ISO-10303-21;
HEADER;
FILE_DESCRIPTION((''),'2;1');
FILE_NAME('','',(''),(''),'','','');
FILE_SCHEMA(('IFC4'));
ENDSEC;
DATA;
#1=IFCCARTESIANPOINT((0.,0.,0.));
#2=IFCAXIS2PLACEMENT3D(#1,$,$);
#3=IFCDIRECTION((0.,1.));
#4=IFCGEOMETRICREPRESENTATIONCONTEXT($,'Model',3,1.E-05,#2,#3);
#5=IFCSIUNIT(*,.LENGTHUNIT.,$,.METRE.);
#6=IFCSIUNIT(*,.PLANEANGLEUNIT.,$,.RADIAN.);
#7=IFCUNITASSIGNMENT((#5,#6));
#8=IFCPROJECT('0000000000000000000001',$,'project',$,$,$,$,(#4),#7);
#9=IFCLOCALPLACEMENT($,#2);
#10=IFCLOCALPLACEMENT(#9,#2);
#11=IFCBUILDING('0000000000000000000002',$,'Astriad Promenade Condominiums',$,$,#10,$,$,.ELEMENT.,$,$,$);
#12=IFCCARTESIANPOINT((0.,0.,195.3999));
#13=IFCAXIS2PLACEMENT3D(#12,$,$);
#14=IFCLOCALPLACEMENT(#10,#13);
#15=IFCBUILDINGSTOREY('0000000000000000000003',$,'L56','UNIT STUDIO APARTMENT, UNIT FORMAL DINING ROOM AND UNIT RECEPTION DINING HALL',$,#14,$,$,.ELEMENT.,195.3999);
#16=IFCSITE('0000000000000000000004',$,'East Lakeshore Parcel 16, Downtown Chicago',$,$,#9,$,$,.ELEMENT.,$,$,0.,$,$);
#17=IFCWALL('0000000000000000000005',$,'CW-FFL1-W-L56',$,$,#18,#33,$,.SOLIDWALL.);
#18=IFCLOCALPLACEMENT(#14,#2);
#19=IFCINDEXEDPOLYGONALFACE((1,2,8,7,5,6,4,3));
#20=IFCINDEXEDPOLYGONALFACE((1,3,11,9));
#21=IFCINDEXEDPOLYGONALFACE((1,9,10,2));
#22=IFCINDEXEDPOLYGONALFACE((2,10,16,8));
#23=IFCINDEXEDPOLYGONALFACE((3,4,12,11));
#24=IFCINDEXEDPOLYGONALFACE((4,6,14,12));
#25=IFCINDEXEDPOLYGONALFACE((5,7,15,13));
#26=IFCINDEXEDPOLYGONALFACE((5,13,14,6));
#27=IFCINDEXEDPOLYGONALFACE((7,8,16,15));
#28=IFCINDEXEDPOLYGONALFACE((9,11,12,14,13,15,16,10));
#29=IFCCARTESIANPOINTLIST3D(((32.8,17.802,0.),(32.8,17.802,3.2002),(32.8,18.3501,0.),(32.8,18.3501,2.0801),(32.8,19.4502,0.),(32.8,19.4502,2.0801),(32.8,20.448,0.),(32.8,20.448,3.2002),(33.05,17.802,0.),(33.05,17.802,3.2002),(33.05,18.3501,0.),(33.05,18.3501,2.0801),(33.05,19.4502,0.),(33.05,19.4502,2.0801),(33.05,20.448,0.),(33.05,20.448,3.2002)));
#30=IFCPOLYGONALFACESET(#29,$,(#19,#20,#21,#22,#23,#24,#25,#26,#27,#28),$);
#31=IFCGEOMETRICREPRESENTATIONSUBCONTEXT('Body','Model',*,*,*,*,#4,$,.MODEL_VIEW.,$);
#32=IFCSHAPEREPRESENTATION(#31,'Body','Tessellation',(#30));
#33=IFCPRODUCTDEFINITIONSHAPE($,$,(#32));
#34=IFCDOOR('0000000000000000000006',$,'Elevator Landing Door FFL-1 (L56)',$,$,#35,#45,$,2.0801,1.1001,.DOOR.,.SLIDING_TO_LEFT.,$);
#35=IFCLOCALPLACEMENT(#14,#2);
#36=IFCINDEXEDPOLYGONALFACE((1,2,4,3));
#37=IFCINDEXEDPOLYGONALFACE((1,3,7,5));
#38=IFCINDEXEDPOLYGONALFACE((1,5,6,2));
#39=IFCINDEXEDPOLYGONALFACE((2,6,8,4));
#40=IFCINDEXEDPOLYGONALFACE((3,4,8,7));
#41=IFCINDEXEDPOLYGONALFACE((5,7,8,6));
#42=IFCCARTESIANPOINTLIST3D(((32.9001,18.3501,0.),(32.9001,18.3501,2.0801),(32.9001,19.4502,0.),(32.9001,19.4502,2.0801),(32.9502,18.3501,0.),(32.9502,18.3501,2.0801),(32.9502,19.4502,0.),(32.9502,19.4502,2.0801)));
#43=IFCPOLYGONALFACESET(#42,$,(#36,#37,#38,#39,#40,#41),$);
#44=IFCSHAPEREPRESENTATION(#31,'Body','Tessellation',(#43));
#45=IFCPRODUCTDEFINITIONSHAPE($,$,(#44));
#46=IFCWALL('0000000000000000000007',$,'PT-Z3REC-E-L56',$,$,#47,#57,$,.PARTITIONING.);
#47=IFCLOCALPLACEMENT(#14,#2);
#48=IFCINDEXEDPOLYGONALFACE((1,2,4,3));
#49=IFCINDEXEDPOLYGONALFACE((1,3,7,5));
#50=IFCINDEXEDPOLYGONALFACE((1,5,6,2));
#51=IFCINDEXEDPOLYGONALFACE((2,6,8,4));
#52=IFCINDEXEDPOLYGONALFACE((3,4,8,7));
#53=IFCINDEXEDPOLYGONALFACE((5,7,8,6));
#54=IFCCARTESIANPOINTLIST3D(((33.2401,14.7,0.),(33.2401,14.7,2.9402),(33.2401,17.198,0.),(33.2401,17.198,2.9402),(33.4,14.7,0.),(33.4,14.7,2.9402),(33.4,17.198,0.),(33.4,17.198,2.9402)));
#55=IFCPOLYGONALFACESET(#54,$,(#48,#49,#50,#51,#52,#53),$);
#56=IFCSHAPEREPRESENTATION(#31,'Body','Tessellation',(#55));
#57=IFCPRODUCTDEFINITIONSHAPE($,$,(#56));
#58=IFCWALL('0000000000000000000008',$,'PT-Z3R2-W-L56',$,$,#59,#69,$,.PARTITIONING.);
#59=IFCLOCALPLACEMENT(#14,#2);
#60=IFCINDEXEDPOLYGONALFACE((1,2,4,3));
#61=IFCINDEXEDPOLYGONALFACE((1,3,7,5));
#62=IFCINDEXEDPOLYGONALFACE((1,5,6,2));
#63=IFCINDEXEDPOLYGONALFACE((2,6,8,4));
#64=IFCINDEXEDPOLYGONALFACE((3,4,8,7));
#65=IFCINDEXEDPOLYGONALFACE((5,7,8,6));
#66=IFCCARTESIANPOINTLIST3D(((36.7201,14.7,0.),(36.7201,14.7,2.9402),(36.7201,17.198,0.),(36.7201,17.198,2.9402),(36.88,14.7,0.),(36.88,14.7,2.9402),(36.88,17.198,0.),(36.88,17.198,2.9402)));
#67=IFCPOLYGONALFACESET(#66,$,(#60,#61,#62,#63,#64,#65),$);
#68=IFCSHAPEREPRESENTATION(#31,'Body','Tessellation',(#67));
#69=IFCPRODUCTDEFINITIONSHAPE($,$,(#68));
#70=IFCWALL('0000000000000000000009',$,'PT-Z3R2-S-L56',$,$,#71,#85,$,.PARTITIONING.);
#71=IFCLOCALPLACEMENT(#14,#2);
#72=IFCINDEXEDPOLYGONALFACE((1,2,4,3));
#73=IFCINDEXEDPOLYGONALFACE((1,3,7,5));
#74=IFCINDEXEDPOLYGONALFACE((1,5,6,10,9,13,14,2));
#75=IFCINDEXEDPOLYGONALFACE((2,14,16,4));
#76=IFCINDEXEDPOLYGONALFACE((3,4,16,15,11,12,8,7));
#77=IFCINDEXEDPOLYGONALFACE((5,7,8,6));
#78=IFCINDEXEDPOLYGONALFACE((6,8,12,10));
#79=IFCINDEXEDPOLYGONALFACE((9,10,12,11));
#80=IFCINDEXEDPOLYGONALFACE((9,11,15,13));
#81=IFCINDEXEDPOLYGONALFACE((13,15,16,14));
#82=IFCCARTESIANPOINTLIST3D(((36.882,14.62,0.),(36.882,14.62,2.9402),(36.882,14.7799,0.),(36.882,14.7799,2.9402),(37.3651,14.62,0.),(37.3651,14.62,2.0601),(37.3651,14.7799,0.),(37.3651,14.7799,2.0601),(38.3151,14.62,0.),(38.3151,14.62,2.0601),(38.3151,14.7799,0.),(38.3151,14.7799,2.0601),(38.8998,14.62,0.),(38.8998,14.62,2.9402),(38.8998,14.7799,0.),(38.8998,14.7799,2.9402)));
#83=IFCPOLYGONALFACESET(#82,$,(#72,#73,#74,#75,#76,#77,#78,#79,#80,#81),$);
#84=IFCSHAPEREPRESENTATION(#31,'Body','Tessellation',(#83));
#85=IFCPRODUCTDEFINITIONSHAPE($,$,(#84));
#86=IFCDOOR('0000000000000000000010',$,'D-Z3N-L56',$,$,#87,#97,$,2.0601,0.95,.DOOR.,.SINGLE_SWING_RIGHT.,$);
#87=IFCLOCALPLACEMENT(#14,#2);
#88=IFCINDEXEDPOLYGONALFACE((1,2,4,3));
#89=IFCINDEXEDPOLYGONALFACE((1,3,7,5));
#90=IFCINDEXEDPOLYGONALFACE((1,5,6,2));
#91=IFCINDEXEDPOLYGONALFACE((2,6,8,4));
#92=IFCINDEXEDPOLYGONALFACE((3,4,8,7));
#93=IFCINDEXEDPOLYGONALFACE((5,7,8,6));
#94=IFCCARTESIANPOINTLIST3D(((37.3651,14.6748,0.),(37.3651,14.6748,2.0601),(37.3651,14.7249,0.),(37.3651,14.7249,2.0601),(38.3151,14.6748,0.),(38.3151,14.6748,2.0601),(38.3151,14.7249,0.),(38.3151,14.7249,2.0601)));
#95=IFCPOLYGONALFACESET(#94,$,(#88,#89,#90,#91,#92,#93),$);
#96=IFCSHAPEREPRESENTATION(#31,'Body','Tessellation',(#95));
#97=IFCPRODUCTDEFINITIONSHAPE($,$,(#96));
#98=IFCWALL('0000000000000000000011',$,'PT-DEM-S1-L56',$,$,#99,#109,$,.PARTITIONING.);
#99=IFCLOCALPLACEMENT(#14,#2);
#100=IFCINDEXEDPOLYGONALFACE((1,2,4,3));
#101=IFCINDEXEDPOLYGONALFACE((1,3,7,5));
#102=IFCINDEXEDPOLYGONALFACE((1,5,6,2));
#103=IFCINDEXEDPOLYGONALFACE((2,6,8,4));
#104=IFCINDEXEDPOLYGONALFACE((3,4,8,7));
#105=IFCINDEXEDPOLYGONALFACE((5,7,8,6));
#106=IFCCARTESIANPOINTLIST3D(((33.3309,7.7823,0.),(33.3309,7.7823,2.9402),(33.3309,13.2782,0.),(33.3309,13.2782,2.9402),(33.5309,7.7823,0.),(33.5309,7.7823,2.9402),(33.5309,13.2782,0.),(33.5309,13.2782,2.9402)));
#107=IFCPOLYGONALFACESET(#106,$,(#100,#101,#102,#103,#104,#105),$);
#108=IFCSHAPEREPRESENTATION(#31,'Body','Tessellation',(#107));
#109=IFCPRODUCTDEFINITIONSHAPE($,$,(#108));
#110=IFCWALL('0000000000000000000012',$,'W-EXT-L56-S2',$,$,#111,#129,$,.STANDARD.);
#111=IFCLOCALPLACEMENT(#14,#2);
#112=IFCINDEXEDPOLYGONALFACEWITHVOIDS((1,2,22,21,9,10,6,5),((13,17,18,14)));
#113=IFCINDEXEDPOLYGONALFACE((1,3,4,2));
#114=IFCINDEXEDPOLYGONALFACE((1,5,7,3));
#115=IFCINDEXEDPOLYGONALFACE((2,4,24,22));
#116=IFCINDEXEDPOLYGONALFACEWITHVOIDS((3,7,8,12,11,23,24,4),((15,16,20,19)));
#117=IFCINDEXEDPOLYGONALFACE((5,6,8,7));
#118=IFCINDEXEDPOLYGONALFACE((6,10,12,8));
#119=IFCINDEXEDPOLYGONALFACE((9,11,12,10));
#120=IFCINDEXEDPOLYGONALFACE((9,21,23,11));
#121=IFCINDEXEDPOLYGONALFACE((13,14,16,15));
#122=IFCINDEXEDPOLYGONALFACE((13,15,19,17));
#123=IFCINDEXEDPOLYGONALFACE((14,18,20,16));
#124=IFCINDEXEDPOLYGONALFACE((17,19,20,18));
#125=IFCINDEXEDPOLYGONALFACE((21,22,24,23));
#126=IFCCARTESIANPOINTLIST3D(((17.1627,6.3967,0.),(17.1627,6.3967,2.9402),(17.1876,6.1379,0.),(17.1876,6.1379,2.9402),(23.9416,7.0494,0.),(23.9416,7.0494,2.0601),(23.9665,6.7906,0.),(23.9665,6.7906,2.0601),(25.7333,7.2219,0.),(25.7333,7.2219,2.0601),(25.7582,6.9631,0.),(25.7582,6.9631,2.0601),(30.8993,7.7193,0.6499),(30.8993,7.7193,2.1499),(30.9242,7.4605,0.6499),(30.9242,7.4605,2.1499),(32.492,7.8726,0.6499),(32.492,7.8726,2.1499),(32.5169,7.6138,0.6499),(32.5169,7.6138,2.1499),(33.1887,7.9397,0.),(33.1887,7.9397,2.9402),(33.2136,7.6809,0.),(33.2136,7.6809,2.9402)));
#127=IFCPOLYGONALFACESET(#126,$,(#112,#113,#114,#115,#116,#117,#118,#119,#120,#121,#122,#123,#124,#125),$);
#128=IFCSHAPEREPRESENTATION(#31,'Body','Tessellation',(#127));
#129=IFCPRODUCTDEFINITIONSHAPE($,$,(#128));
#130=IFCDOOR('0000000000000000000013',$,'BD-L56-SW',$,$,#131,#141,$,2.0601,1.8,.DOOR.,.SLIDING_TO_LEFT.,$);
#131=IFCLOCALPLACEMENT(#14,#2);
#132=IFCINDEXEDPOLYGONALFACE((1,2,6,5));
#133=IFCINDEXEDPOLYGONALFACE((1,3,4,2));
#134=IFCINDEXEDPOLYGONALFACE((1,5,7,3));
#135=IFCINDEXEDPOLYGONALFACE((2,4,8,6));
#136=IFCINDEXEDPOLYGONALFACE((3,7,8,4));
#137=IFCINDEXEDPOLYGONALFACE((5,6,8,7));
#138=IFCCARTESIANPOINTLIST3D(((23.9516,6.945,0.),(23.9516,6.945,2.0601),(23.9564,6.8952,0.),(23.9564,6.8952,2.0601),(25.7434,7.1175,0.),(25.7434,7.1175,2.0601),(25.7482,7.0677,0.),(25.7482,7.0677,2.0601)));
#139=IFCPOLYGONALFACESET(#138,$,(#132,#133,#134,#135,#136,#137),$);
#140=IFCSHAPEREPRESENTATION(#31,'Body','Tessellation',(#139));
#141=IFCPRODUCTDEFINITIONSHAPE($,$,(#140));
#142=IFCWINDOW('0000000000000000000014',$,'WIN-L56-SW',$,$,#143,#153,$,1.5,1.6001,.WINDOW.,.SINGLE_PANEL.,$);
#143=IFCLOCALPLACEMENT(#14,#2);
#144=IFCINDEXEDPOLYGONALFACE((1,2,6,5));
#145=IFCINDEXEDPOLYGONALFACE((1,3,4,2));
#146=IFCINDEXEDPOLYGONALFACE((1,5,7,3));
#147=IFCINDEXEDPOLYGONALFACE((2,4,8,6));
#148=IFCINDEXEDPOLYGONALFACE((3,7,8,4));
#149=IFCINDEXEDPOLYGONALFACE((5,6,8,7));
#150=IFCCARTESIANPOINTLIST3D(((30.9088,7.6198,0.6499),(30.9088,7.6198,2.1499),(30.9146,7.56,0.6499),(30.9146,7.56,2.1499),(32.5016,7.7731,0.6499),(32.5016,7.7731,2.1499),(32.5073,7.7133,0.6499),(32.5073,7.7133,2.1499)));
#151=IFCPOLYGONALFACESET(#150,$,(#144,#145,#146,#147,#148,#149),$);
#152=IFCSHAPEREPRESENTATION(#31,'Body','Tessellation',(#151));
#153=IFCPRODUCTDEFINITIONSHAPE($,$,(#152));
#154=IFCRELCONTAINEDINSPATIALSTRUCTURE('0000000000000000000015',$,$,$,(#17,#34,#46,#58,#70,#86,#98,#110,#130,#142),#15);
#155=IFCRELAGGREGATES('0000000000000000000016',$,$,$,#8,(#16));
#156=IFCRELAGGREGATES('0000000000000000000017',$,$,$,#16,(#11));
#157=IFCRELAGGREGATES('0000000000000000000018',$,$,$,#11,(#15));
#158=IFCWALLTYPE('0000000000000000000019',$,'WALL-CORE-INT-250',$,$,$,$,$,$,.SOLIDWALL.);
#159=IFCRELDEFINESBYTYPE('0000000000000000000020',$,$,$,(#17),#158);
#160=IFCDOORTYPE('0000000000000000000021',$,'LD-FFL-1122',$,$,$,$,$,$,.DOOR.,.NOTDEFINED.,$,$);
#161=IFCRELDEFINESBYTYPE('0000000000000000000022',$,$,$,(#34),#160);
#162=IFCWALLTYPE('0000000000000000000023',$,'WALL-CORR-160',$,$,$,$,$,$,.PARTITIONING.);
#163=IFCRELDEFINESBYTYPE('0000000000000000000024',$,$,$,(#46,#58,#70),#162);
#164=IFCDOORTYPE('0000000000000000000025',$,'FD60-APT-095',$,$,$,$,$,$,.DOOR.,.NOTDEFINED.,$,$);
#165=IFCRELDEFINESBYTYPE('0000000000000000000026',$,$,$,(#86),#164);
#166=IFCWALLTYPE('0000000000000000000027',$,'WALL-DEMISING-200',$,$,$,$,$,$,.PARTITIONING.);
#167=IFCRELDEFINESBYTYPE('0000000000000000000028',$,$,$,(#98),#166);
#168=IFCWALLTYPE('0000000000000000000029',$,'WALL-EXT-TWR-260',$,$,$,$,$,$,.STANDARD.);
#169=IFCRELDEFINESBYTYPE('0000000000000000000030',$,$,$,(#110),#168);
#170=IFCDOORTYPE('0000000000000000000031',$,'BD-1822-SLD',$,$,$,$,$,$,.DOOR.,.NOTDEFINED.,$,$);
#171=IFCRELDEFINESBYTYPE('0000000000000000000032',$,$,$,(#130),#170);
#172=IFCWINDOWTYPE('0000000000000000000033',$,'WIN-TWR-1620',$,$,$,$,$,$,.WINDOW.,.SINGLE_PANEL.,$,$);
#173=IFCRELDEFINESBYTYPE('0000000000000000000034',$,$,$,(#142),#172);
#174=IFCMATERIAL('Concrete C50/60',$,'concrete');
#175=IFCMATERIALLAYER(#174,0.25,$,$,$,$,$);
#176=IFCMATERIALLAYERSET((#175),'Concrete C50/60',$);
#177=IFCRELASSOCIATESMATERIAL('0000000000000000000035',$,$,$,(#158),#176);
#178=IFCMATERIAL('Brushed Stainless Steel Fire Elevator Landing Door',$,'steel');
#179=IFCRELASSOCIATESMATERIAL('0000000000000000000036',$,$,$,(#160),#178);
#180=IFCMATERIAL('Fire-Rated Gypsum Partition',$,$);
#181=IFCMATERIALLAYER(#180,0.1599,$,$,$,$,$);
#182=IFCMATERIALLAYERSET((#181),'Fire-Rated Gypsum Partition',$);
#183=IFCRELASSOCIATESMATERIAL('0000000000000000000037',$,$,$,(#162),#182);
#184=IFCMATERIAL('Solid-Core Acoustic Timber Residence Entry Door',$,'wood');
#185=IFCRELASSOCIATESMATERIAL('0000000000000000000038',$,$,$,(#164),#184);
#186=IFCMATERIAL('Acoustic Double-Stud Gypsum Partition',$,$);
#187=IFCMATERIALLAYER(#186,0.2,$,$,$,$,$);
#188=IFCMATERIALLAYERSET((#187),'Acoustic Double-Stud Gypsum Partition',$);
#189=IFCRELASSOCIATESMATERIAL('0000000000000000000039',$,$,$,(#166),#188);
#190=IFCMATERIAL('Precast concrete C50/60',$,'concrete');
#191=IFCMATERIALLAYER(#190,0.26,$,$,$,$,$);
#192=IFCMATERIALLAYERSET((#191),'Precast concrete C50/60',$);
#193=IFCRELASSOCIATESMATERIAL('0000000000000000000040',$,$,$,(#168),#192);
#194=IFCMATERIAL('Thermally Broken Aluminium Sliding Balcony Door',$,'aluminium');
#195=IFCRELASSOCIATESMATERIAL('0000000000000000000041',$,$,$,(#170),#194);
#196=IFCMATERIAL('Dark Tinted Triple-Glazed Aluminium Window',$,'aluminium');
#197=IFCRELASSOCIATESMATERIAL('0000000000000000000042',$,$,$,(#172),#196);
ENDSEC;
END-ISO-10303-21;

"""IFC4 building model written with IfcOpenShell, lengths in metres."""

from ifc_helpers import new_model, si_unit, direction, frame, frame_2d, origin, place, context, subcontext, project, spatial, rectangle, extrude, source, transform, mapped, material, layer, layer_set, type_object, type_shapes, element, fill, save


model = new_model("IFC4")

# Units and contexts
model_context = context("Model", 3, precision=1e-05, world=origin(), true_north=direction((0.0, 1.0)))
body_context = subcontext(model_context, "Body", "Model", "MODEL_VIEW")
ifc_project = project(units=[si_unit("LENGTHUNIT", "METRE"), si_unit("PLANEANGLEUNIT", "RADIAN")], contexts=[model_context])

# Site, building, storey
site_placement = place(None, origin())
site = spatial("IfcSite", under=ifc_project, at=site_placement, Name="East Lakeshore Parcel 16, Downtown Chicago", CompositionType="ELEMENT", RefElevation=0.0)
building_placement = place(site_placement, origin())
building = spatial("IfcBuilding", under=site, at=building_placement, Name="Astriad Promenade Condominiums", CompositionType="ELEMENT")
storey_placement = place(building_placement, frame((0.0, 0.0, 195.3999)))
storey = spatial("IfcBuildingStorey", under=building, at=storey_placement, Name="L56", Description="UNIT STUDIO APARTMENT, UNIT FORMAL DINING ROOM AND UNIT RECEPTION DINING HALL", CompositionType="ELEMENT", Elevation=195.3999)

# Wall, opening, door
ifc_material_1 = material(Name="Concrete C50/60", Category="concrete")
ifc_layer_1 = layer(ifc_material_1, 0.25)
ifc_layer_set_1 = layer_set([ifc_layer_1], Name="Concrete C50/60")
wall_type_1 = type_object("IfcWallType", Name="WALL-CORE-INT-250", PredefinedType="SOLIDWALL", material=ifc_layer_set_1)
wall_1_placement = place(storey_placement, frame((32.925, 17.802, 0.0), z_axis=(0.0, 0.0, 1.0), x_axis=(0.0, 1.0, 0.0)))
wall_1 = element("IfcWall", 1, at=wall_1_placement, inside=storey, type_object=wall_type_1, Name="CW-FFL1-W-L56", PredefinedType="SOLIDWALL", context=body_context, shape_type="SweptSolid", body=[
    extrude(rectangle(XDim=2.646, YDim=0.25, at=frame_2d((1.323, 0.0))), origin(), (0.0, 0.0, 1.0), 3.2002),
])
opening_1_placement = place(wall_1_placement, frame((0.5481, 0.0, 0.0)))
opening_1 = element("IfcOpeningElement", 2, at=opening_1_placement, cuts=wall_1, PredefinedType="OPENING", context=body_context, shape_type="SweptSolid", body=[
    extrude(rectangle(XDim=1.1001, YDim=2.0801, at=frame_2d((0.55, 1.04))), frame((0.0, 0.135, 0.0), z_axis=(0.0, -1.0, 0.0), x_axis=(1.0, 0.0, 0.0)), (0.0, 0.0, 1.0), 0.27),
])
ifc_material_2 = material(Name="Brushed Stainless Steel Fire Elevator Landing Door", Category="steel")
door_type_1 = type_object("IfcDoorType", Name="LD-FFL-1122", OperationType="NOTDEFINED", PredefinedType="DOOR", material=ifc_material_2)
shared_shape_1 = source(origin(), body_context, "Body", "SweptSolid", [
    extrude(rectangle(XDim=1.1001, YDim=2.0801, at=frame_2d((0.55, 1.04))), frame((0.0, 0.0249, 0.0), z_axis=(0.0, -1.0, 0.0), x_axis=(1.0, 0.0, 0.0)), (0.0, 0.0, 1.0), 0.05),
])
type_shapes(door_type_1, [shared_shape_1])
door_1_placement = place(opening_1_placement, origin())
door_1 = element("IfcDoor", 3, at=door_1_placement, inside=storey, type_object=door_type_1, Name="Elevator Landing Door FFL-1 (L56)", OperationType="SLIDING_TO_LEFT", OverallHeight=2.0801, OverallWidth=1.1001, PredefinedType="DOOR", context=body_context, shape_type="MappedRepresentation", body=[
    mapped(shared_shape_1, transform((0.0, 0.0, 0.0), scale=1.0)),
])
fill(opening_1, door_1)

# Walls
ifc_material_3 = material(Name="Fire-Rated Gypsum Partition")
ifc_layer_2 = layer(ifc_material_3, 0.1599)
ifc_layer_set_2 = layer_set([ifc_layer_2], Name="Fire-Rated Gypsum Partition")
wall_type_2 = type_object("IfcWallType", Name="WALL-CORR-160", PredefinedType="PARTITIONING", material=ifc_layer_set_2)
for number, where, z_axis, x_axis, name in (
    (4, (33.3201, 14.7, 0.0), (0.0, 0.0, 1.0), (0.0, 1.0, 0.0), "PT-Z3REC-E-L56"),
    (5, (36.8, 14.7, 0.0), (0.0, 0.0, 1.0), (0.0, 1.0, 0.0), "PT-Z3R2-W-L56"),
):
    element("IfcWall", number, at=place(storey_placement, frame(where, z_axis=z_axis, x_axis=x_axis)), inside=storey, type_object=wall_type_2, Name=name, PredefinedType="PARTITIONING", context=body_context, shape_type="SweptSolid", body=[
        extrude(rectangle(XDim=2.498, YDim=0.1599, at=frame_2d((1.249, 0.0))), origin(), (0.0, 0.0, 1.0), 2.9402),
    ])

# Wall, opening, door
wall_2_placement = place(storey_placement, frame((36.8821, 14.7, 0.0), z_axis=(0.0, 0.0, 1.0), x_axis=(1.0, 0.0, 0.0)))
wall_2 = element("IfcWall", 6, at=wall_2_placement, inside=storey, type_object=wall_type_2, Name="PT-Z3R2-S-L56", PredefinedType="PARTITIONING", context=body_context, shape_type="SweptSolid", body=[
    extrude(rectangle(XDim=2.0178, YDim=0.1599, at=frame_2d((1.0088, 0.0))), origin(), (0.0, 0.0, 1.0), 2.9402),
])
opening_2_placement = place(wall_2_placement, frame((0.4829, 0.0, 0.0)))
opening_2 = element("IfcOpeningElement", 7, at=opening_2_placement, cuts=wall_2, PredefinedType="OPENING", context=body_context, shape_type="SweptSolid", body=[
    extrude(rectangle(XDim=0.95, YDim=2.0601, at=frame_2d((0.4751, 1.03))), frame((0.0, 0.0898, 0.0), z_axis=(0.0, -1.0, 0.0), x_axis=(1.0, 0.0, 0.0)), (0.0, 0.0, 1.0), 0.1799),
])
ifc_material_4 = material(Name="Solid-Core Acoustic Timber Residence Entry Door", Category="wood")
door_type_2 = type_object("IfcDoorType", Name="FD60-APT-095", OperationType="NOTDEFINED", PredefinedType="DOOR", material=ifc_material_4)
shared_shape_2 = source(origin(), body_context, "Body", "SweptSolid", [
    extrude(rectangle(XDim=0.95, YDim=2.0601, at=frame_2d((0.4751, 1.03))), frame((0.0, 0.0249, 0.0), z_axis=(0.0, -1.0, 0.0), x_axis=(1.0, 0.0, 0.0)), (0.0, 0.0, 1.0), 0.05),
])
type_shapes(door_type_2, [shared_shape_2])
door_2_placement = place(opening_2_placement, origin())
door_2 = element("IfcDoor", 8, at=door_2_placement, inside=storey, type_object=door_type_2, Name="D-Z3N-L56", OperationType="SINGLE_SWING_RIGHT", OverallHeight=2.0601, OverallWidth=0.95, PredefinedType="DOOR", context=body_context, shape_type="MappedRepresentation", body=[
    mapped(shared_shape_2, transform((0.0, 0.0, 0.0), scale=1.0)),
])
fill(opening_2, door_2)

# Wall
ifc_material_5 = material(Name="Acoustic Double-Stud Gypsum Partition")
ifc_layer_3 = layer(ifc_material_5, 0.2)
ifc_layer_set_3 = layer_set([ifc_layer_3], Name="Acoustic Double-Stud Gypsum Partition")
wall_type_3 = type_object("IfcWallType", Name="WALL-DEMISING-200", PredefinedType="PARTITIONING", material=ifc_layer_set_3)
wall_3_placement = place(storey_placement, frame((33.4309, 7.7822, 0.0), z_axis=(0.0, 0.0, 1.0), x_axis=(0.0, 1.0, 0.0)))
element("IfcWall", 9, at=wall_3_placement, inside=storey, type_object=wall_type_3, Name="PT-DEM-S1-L56", PredefinedType="PARTITIONING", context=body_context, shape_type="SweptSolid", body=[
    extrude(rectangle(XDim=5.4958, YDim=0.2, at=frame_2d((2.748, 0.0))), origin(), (0.0, 0.0, 1.0), 2.9402),
])

# Wall, openings, door, window
ifc_material_6 = material(Name="Precast concrete C50/60", Category="concrete")
ifc_layer_4 = layer(ifc_material_6, 0.26)
ifc_layer_set_4 = layer_set([ifc_layer_4], Name="Precast concrete C50/60")
wall_type_4 = type_object("IfcWallType", Name="WALL-EXT-TWR-260", PredefinedType="STANDARD", material=ifc_layer_set_4)
wall_4_placement = place(storey_placement, frame((33.2012, 7.8103, 0.0), z_axis=(0.0, 0.0, 1.0), x_axis=(-0.995397, -0.095837, 0.0)))
wall_4 = element("IfcWall", 10, at=wall_4_placement, inside=storey, type_object=wall_type_4, Name="W-EXT-L56-S2", PredefinedType="STANDARD", context=body_context, shape_type="SweptSolid", body=[
    extrude(rectangle(XDim=16.1001, YDim=0.26, at=frame_2d((8.05, 0.0))), origin(), (0.0, 0.0, 1.0), 2.9402),
])
opening_3_placement = place(wall_4_placement, frame((7.49, 0.0, 0.0)))
opening_3 = element("IfcOpeningElement", 11, at=opening_3_placement, cuts=wall_4, PredefinedType="OPENING", context=body_context, shape_type="SweptSolid", body=[
    extrude(rectangle(XDim=1.8, YDim=2.0601, at=frame_2d((0.8999, 1.03))), frame((0.0, 0.1399, 0.0), z_axis=(0.0, -1.0, 0.0), x_axis=(1.0, 0.0, 0.0)), (0.0, 0.0, 1.0), 0.28),
])
opening_4_placement = place(wall_4_placement, frame((0.7, 0.0, 0.6499)))
opening_4 = element("IfcOpeningElement", 12, at=opening_4_placement, cuts=wall_4, PredefinedType="OPENING", context=body_context, shape_type="SweptSolid", body=[
    extrude(rectangle(XDim=1.6001, YDim=1.5, at=frame_2d((0.8, 0.75))), frame((0.0, 0.1399, 0.0), z_axis=(0.0, -1.0, 0.0), x_axis=(1.0, 0.0, 0.0)), (0.0, 0.0, 1.0), 0.28),
])
ifc_material_7 = material(Name="Thermally Broken Aluminium Sliding Balcony Door", Category="aluminium")
door_type_3 = type_object("IfcDoorType", Name="BD-1822-SLD", OperationType="NOTDEFINED", PredefinedType="DOOR", material=ifc_material_7)
shared_shape_3 = source(origin(), body_context, "Body", "SweptSolid", [
    extrude(rectangle(XDim=1.8, YDim=2.0601, at=frame_2d((0.8999, 1.03))), frame((0.0, 0.0249, 0.0), z_axis=(0.0, -1.0, 0.0), x_axis=(1.0, 0.0, 0.0)), (0.0, 0.0, 1.0), 0.05),
])
type_shapes(door_type_3, [shared_shape_3])
door_3_placement = place(opening_3_placement, origin())
door_3 = element("IfcDoor", 13, at=door_3_placement, inside=storey, type_object=door_type_3, Name="BD-L56-SW", OperationType="SLIDING_TO_LEFT", OverallHeight=2.0601, OverallWidth=1.8, PredefinedType="DOOR", context=body_context, shape_type="MappedRepresentation", body=[
    mapped(shared_shape_3, transform((0.0, 0.0, 0.0), scale=1.0)),
])
fill(opening_3, door_3)
ifc_material_8 = material(Name="Dark Tinted Triple-Glazed Aluminium Window", Category="aluminium")
window_type = type_object("IfcWindowType", Name="WIN-TWR-1620", PartitioningType="SINGLE_PANEL", PredefinedType="WINDOW", material=ifc_material_8)
shared_shape_4 = source(origin(), body_context, "Body", "SweptSolid", [
    extrude(rectangle(XDim=1.6001, YDim=1.5, at=frame_2d((0.8, 0.75))), frame((0.0, 0.03, 0.0), z_axis=(0.0, -1.0, 0.0), x_axis=(1.0, 0.0, 0.0)), (0.0, 0.0, 1.0), 0.0601),
])
type_shapes(window_type, [shared_shape_4])
window_placement = place(opening_4_placement, origin())
window = element("IfcWindow", 14, at=window_placement, inside=storey, type_object=window_type, Name="WIN-L56-SW", OverallHeight=1.5, OverallWidth=1.6001, PartitioningType="SINGLE_PANEL", PredefinedType="WINDOW", context=body_context, shape_type="MappedRepresentation", body=[
    mapped(shared_shape_4, transform((0.0, 0.0, 0.0), scale=1.0)),
])
fill(opening_4, window)

save(model, "model.ifc")
